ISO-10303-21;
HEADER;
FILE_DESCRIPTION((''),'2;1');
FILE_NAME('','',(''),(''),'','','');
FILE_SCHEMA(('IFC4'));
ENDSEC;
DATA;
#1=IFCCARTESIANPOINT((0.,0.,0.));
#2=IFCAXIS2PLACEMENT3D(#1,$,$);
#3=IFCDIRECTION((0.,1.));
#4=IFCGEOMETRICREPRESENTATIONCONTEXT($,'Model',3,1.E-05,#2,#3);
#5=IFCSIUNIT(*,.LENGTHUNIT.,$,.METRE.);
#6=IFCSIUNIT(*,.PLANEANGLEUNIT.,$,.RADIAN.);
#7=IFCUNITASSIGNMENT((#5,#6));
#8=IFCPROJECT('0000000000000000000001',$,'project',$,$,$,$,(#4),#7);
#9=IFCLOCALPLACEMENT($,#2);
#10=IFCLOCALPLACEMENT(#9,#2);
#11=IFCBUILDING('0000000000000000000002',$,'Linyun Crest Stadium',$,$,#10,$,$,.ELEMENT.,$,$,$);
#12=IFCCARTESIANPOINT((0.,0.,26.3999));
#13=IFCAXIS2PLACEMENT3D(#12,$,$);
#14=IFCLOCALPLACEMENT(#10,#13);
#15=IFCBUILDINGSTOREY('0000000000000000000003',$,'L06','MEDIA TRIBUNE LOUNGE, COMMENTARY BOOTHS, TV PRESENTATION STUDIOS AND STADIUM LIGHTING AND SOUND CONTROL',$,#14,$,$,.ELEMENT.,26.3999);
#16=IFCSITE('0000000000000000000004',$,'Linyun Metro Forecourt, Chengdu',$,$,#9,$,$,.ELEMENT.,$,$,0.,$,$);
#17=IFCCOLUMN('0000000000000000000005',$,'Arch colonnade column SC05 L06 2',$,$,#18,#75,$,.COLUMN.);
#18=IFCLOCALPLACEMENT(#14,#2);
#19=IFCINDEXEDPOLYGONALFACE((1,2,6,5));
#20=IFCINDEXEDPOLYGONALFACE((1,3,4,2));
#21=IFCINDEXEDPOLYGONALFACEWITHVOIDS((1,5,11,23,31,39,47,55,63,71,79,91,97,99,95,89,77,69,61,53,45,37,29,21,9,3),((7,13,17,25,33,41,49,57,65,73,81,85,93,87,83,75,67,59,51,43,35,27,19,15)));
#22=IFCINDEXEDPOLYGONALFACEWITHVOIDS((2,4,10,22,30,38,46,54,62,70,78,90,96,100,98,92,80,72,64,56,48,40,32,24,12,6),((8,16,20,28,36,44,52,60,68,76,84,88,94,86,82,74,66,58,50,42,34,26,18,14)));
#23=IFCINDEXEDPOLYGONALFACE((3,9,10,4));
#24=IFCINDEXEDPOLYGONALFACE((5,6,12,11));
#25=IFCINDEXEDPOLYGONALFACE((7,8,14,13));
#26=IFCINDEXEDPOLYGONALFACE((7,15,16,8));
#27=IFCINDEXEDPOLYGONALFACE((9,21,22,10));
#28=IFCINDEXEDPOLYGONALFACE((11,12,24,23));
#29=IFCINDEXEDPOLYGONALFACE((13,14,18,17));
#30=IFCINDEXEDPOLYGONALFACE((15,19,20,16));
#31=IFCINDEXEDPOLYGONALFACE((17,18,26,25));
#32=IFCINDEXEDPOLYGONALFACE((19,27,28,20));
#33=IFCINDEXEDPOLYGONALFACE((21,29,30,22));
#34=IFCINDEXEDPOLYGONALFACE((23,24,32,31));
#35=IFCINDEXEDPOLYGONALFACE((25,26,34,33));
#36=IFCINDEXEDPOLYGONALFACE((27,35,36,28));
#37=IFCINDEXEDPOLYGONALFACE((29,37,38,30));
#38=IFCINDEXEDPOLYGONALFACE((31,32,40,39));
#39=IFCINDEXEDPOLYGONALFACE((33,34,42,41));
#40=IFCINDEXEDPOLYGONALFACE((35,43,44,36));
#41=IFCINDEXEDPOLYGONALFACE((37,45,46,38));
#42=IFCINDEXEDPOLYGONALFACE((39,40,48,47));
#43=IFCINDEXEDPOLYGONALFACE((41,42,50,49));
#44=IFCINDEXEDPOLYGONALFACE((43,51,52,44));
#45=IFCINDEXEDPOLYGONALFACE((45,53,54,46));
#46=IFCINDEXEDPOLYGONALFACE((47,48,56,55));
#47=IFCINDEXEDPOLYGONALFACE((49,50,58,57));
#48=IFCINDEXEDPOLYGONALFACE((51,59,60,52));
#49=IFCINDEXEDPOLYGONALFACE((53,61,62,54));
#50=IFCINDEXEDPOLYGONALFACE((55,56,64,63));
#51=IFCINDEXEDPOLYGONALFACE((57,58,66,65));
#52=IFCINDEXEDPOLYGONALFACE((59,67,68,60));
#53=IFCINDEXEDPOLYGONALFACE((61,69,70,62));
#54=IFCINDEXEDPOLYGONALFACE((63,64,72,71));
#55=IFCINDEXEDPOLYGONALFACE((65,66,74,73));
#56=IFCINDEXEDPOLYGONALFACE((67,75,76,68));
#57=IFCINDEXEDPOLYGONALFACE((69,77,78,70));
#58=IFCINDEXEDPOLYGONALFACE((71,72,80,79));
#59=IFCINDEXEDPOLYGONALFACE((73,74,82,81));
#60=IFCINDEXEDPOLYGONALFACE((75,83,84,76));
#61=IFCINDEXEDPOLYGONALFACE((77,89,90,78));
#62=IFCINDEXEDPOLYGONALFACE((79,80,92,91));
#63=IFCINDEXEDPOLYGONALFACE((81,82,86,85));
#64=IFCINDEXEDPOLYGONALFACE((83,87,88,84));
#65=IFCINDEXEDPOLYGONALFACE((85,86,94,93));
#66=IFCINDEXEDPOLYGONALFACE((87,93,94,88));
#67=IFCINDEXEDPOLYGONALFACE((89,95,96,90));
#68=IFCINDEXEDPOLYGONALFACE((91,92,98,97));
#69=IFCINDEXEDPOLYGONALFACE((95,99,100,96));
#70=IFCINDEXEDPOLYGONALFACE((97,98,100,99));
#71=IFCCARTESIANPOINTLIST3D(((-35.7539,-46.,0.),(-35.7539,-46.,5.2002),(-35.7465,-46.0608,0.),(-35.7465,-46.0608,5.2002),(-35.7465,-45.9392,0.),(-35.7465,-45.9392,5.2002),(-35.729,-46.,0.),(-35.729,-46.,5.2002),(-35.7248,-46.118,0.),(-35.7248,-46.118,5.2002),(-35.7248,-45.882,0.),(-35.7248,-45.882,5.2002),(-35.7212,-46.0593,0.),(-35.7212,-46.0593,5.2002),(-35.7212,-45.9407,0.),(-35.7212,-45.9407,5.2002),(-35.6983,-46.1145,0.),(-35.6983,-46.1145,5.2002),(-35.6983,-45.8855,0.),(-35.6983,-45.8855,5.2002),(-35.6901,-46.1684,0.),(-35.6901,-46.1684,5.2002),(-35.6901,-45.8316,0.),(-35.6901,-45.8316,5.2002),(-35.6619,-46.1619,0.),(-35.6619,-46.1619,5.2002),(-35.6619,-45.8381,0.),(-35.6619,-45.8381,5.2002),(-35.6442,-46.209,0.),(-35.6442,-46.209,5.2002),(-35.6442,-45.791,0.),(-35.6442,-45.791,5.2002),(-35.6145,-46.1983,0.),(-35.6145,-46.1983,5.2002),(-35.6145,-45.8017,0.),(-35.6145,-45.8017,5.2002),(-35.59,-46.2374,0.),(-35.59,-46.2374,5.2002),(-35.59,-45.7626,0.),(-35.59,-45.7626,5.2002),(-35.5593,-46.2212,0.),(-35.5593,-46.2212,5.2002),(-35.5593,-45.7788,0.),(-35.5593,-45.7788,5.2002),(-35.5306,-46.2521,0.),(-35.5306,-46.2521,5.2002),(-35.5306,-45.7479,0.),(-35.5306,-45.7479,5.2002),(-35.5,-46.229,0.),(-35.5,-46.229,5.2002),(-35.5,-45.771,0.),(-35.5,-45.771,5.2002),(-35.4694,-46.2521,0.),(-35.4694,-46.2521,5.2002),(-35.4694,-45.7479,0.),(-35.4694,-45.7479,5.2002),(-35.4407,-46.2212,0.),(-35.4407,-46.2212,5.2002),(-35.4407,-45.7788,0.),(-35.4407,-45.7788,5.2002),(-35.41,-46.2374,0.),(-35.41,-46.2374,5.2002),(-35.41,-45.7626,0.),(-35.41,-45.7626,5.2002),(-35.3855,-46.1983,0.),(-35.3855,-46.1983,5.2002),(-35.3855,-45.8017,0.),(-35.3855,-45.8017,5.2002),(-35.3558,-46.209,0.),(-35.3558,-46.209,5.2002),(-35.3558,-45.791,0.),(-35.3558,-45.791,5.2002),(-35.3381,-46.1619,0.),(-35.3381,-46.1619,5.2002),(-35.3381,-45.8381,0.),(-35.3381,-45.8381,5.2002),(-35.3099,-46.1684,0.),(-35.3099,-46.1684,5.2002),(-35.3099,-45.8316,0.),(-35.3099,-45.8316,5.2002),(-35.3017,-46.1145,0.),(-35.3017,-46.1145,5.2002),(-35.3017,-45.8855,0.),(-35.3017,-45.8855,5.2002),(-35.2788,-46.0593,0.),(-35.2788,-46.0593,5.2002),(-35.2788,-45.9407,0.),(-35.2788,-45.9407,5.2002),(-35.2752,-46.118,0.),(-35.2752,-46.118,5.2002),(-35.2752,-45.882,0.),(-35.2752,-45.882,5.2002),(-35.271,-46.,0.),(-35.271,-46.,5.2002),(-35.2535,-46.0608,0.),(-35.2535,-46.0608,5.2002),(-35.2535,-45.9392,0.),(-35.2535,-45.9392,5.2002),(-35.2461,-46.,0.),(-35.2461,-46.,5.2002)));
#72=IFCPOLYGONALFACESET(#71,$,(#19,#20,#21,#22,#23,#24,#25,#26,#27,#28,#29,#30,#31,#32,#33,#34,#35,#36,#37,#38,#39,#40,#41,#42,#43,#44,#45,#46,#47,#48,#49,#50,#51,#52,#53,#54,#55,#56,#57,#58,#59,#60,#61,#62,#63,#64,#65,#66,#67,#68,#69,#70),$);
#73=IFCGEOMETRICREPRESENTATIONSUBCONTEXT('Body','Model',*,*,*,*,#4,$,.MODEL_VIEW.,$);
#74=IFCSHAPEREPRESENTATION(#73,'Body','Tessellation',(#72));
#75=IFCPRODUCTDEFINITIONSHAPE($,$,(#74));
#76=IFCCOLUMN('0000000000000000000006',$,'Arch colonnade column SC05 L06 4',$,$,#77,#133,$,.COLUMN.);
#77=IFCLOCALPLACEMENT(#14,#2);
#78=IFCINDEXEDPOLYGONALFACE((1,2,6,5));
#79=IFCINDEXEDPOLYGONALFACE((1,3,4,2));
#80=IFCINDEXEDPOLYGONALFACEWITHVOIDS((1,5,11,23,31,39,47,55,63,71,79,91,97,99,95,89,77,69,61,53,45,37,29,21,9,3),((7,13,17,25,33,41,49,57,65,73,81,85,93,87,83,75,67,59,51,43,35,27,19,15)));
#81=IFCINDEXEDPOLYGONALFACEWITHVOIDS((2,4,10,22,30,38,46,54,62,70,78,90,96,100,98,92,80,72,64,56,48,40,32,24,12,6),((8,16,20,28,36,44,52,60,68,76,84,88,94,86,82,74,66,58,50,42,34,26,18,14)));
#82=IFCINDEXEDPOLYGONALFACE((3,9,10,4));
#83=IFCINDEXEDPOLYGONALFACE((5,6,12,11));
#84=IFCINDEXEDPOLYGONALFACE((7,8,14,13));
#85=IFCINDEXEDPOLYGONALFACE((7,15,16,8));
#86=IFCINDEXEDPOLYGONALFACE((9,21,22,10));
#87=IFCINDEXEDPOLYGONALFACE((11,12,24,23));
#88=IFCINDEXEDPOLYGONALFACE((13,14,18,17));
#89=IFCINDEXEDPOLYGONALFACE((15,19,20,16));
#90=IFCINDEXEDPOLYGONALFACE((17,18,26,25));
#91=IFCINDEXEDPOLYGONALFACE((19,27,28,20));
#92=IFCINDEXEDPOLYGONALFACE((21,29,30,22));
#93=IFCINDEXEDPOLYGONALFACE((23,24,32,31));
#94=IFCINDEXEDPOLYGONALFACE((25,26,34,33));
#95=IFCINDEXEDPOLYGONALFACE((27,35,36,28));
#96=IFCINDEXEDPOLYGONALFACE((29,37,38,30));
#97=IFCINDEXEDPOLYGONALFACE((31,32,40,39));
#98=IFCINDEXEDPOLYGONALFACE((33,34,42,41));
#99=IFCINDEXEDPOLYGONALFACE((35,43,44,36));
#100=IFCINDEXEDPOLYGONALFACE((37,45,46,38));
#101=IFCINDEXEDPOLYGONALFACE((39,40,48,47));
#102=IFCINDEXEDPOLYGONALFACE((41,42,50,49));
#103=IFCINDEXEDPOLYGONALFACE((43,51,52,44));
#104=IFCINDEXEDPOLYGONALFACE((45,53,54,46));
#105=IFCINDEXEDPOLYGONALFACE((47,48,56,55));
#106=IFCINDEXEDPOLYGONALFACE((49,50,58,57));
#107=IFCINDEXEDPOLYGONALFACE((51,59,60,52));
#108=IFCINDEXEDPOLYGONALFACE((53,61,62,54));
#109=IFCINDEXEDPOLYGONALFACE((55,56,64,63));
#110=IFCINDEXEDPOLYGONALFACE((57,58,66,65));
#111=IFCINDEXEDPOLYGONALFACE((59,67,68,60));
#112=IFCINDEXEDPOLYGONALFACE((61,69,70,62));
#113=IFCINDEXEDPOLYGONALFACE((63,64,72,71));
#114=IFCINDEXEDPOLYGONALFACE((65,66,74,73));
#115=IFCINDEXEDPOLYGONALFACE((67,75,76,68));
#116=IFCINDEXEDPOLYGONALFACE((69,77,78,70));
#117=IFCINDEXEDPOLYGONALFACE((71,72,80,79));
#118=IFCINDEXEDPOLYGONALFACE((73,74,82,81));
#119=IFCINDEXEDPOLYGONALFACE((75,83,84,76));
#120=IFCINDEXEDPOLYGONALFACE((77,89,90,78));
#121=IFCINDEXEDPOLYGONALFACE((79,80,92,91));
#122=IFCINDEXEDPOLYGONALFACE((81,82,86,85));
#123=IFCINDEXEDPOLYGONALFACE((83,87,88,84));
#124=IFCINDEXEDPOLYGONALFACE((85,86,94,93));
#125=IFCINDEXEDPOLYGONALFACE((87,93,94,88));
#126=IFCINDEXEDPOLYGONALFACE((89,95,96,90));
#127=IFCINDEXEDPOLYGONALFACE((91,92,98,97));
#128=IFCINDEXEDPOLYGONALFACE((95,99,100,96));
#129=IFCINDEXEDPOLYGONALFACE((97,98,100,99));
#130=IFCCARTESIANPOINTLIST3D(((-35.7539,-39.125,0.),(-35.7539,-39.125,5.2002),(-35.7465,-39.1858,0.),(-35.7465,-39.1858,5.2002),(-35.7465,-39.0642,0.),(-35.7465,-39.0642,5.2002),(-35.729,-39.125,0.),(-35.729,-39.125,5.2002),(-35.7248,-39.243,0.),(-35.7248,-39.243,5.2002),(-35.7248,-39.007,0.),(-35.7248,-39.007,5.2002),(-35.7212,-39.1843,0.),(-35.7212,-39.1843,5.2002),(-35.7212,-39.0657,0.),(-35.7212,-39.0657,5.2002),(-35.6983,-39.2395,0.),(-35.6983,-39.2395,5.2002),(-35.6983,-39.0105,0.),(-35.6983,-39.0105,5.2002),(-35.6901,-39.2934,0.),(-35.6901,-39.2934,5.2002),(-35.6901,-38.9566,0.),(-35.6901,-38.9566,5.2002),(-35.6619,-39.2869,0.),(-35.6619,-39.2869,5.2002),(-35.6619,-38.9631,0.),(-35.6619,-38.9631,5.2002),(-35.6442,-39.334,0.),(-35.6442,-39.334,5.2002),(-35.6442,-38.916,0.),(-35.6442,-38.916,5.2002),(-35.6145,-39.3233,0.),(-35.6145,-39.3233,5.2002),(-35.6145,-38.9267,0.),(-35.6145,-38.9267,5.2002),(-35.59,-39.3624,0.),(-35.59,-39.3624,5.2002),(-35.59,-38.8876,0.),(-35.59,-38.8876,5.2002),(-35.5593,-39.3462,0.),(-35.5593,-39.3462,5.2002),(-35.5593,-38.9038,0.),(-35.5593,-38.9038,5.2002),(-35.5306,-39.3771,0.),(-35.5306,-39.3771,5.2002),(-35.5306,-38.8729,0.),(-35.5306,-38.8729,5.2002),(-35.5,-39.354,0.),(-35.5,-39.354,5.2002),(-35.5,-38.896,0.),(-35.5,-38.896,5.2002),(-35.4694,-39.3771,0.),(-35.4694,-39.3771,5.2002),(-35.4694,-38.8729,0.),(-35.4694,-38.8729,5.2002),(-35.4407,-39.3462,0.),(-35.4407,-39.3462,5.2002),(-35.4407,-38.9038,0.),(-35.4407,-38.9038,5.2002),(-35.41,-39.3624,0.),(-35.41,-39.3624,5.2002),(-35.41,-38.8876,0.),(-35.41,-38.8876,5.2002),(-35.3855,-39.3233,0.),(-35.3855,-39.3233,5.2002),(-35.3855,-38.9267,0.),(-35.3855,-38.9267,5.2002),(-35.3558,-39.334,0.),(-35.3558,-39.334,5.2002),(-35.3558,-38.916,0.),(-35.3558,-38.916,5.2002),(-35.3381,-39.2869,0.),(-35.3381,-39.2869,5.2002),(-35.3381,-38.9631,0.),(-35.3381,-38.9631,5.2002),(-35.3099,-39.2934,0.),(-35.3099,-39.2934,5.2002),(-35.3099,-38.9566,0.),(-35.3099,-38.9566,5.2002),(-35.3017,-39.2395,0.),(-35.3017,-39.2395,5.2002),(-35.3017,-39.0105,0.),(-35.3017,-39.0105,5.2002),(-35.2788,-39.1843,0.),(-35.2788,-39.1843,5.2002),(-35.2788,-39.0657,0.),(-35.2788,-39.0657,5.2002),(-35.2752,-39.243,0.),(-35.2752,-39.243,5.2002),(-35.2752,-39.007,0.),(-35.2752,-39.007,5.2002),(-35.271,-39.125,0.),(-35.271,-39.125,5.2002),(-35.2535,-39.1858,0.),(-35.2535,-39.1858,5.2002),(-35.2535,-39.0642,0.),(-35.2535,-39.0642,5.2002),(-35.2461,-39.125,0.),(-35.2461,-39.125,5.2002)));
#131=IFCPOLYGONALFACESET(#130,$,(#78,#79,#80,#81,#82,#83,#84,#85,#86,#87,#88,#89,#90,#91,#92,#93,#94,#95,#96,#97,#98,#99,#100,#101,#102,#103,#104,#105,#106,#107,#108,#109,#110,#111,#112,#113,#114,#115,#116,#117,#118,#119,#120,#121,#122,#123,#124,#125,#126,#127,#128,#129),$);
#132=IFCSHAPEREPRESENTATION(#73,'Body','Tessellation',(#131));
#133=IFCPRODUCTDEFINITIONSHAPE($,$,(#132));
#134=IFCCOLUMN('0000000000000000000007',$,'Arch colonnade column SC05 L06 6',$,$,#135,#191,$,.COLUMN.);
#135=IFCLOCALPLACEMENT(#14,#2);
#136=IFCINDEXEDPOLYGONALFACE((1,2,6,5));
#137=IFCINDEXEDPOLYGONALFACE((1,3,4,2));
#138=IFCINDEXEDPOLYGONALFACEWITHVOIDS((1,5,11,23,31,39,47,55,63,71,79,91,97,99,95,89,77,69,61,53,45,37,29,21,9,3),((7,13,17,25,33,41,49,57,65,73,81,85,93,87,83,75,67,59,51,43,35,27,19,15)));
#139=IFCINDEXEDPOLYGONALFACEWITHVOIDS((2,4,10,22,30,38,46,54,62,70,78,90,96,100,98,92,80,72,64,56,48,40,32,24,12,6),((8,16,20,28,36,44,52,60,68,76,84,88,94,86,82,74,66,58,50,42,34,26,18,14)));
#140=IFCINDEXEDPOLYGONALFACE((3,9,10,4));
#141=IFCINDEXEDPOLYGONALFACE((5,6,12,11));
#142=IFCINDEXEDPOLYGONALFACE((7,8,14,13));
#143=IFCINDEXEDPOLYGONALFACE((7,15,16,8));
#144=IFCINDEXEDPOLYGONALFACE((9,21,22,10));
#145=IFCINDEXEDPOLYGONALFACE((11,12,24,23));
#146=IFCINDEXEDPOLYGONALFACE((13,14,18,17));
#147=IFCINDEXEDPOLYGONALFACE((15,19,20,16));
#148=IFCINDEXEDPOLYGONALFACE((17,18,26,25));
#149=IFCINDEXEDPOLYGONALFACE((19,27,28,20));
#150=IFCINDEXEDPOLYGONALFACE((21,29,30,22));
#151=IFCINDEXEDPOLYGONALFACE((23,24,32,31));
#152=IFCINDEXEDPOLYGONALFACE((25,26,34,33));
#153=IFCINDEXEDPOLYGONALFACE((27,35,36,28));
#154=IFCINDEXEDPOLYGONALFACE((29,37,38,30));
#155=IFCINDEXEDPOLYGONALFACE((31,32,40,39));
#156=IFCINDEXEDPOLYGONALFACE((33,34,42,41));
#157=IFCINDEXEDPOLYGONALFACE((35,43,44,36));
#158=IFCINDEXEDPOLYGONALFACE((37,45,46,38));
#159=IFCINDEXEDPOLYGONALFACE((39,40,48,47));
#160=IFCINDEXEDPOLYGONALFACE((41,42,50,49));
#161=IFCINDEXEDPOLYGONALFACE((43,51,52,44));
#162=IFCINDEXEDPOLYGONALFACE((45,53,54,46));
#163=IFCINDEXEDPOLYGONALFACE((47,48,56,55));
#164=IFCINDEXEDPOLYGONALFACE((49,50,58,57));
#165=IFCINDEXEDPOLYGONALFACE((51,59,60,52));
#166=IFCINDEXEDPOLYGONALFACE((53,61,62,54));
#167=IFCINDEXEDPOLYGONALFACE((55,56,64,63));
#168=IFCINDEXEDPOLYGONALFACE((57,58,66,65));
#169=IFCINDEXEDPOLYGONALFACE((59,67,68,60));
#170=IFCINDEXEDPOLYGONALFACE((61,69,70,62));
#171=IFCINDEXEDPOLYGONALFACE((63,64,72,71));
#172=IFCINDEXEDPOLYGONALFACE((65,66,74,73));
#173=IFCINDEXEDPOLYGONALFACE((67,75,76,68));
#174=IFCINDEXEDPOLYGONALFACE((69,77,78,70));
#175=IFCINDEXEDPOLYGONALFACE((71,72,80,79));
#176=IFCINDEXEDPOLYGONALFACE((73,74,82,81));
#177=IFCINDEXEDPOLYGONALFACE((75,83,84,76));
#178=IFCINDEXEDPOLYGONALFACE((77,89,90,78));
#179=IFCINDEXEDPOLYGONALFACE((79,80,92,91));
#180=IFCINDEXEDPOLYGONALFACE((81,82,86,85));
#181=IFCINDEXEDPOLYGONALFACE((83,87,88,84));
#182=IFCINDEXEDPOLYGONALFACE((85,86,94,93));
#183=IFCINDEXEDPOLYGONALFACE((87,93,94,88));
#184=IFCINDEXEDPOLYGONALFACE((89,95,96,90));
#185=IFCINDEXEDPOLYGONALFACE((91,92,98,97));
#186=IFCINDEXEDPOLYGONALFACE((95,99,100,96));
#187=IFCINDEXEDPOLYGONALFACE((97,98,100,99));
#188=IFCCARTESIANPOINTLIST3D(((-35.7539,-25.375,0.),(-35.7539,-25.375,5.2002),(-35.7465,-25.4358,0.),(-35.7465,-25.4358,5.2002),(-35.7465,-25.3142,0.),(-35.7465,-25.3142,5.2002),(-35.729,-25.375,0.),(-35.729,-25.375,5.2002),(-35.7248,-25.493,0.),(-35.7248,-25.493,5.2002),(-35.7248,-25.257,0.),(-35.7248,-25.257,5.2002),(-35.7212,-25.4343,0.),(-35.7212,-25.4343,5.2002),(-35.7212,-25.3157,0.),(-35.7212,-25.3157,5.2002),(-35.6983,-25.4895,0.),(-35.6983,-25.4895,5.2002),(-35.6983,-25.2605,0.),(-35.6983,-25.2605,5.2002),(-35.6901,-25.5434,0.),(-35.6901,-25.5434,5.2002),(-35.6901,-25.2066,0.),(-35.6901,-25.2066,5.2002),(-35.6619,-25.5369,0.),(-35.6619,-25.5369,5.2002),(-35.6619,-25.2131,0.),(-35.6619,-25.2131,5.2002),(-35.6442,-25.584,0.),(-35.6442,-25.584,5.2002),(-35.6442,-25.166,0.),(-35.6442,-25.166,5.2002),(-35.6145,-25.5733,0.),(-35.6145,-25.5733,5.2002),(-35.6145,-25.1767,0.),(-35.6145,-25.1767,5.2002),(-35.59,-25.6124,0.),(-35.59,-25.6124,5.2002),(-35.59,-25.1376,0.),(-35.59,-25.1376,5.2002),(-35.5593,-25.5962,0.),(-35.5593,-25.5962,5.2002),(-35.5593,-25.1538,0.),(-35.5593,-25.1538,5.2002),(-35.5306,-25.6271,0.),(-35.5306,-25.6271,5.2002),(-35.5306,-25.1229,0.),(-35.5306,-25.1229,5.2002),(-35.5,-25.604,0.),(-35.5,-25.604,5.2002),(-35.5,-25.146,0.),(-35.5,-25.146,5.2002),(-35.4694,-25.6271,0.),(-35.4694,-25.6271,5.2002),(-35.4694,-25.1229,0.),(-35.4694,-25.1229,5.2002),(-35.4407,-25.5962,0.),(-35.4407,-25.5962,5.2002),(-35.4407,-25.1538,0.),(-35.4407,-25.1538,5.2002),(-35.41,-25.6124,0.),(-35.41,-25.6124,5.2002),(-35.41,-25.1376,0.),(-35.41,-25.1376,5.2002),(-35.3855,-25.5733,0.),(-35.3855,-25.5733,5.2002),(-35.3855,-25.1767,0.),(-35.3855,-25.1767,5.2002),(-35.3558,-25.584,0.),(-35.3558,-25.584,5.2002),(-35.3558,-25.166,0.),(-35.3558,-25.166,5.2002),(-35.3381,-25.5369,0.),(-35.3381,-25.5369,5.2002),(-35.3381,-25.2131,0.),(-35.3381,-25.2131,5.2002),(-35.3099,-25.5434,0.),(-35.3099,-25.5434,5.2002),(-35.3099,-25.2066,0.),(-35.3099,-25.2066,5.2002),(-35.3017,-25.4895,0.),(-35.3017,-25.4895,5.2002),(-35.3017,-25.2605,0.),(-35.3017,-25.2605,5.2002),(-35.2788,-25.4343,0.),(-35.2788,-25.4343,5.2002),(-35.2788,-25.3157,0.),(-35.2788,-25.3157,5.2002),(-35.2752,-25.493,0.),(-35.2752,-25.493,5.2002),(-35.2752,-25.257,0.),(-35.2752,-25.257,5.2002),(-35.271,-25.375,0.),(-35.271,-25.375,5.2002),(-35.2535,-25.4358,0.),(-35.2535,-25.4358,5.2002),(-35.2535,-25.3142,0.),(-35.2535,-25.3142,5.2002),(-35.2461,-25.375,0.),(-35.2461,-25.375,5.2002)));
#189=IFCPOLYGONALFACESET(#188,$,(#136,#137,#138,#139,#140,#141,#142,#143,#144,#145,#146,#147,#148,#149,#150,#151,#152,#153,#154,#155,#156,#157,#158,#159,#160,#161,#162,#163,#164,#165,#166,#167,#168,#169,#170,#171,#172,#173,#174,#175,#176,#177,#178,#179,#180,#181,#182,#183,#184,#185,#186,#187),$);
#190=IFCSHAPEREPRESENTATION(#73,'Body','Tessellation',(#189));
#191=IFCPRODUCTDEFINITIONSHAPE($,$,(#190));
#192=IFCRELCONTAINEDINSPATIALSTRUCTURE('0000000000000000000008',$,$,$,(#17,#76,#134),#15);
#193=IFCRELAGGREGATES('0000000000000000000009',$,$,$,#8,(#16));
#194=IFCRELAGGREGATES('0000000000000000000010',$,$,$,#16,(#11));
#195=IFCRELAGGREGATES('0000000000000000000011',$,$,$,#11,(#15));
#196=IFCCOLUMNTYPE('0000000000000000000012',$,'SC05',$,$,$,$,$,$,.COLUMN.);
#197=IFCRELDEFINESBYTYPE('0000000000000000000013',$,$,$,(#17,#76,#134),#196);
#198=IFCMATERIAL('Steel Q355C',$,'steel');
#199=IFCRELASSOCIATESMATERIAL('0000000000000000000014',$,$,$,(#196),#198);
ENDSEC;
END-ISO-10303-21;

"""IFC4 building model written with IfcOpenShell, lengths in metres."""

from ifc_helpers import new_model, si_unit, direction, frame, origin, origin_2d, place, context, subcontext, project, spatial, hollow_circle, extrude, material, material_profile, profile_set, type_object, element, save


model = new_model("IFC4")

# Units and contexts
model_context = context("Model", 3, precision=1e-05, world=origin(), true_north=direction((0.0, 1.0)))
body_context = subcontext(model_context, "Body", "Model", "MODEL_VIEW")
ifc_project = project(units=[si_unit("LENGTHUNIT", "METRE"), si_unit("PLANEANGLEUNIT", "RADIAN")], contexts=[model_context])

# Site, building, storey
site_placement = place(None, origin())
site = spatial("IfcSite", under=ifc_project, at=site_placement, Name="Linyun Metro Forecourt, Chengdu", CompositionType="ELEMENT", RefElevation=0.0)
building_placement = place(site_placement, origin())
building = spatial("IfcBuilding", under=site, at=building_placement, Name="Linyun Crest Stadium", CompositionType="ELEMENT")
storey_placement = place(building_placement, frame((0.0, 0.0, 26.3999)))
storey = spatial("IfcBuildingStorey", under=building, at=storey_placement, Name="L06", Description="MEDIA TRIBUNE LOUNGE, COMMENTARY BOOTHS, TV PRESENTATION STUDIOS AND STADIUM LIGHTING AND SOUND CONTROL", CompositionType="ELEMENT", Elevation=26.3999)

# Columns
ifc_material_1 = material(Name="Steel Q355C", Category="steel")
ifc_material_profile = material_profile(ifc_material_1, hollow_circle(Radius=0.2539, WallThickness=0.0249, at=origin_2d()), Name="CHS 508x25")
ifc_profile_set = profile_set([ifc_material_profile], Name="Steel Q355C")
column_type = type_object("IfcColumnType", Name="SC05", PredefinedType="COLUMN", material=ifc_profile_set)
for number, where, z_axis, x_axis, name in (
    (1, (-35.5, -46.0, 0.0), (0.0, 0.0, 1.0), (1.0, 0.0, 0.0), "Arch colonnade column SC05 L06 2"),
    (2, (-35.5, -39.125, 0.0), (0.0, 0.0, 1.0), (1.0, 0.0, 0.0), "Arch colonnade column SC05 L06 4"),
    (3, (-35.5, -25.375, 0.0), (0.0, 0.0, 1.0), (1.0, 0.0, 0.0), "Arch colonnade column SC05 L06 6"),
):
    element("IfcColumn", number, at=place(storey_placement, frame(where, z_axis=z_axis, x_axis=x_axis)), inside=storey, type_object=column_type, Name=name, PredefinedType="COLUMN", context=body_context, shape_type="SweptSolid", body=[
        extrude(hollow_circle(Radius=0.2539, WallThickness=0.0249, at=origin_2d()), origin(), (0.0, 0.0, 1.0), 5.2002),
    ])

save(model, "model.ifc")
